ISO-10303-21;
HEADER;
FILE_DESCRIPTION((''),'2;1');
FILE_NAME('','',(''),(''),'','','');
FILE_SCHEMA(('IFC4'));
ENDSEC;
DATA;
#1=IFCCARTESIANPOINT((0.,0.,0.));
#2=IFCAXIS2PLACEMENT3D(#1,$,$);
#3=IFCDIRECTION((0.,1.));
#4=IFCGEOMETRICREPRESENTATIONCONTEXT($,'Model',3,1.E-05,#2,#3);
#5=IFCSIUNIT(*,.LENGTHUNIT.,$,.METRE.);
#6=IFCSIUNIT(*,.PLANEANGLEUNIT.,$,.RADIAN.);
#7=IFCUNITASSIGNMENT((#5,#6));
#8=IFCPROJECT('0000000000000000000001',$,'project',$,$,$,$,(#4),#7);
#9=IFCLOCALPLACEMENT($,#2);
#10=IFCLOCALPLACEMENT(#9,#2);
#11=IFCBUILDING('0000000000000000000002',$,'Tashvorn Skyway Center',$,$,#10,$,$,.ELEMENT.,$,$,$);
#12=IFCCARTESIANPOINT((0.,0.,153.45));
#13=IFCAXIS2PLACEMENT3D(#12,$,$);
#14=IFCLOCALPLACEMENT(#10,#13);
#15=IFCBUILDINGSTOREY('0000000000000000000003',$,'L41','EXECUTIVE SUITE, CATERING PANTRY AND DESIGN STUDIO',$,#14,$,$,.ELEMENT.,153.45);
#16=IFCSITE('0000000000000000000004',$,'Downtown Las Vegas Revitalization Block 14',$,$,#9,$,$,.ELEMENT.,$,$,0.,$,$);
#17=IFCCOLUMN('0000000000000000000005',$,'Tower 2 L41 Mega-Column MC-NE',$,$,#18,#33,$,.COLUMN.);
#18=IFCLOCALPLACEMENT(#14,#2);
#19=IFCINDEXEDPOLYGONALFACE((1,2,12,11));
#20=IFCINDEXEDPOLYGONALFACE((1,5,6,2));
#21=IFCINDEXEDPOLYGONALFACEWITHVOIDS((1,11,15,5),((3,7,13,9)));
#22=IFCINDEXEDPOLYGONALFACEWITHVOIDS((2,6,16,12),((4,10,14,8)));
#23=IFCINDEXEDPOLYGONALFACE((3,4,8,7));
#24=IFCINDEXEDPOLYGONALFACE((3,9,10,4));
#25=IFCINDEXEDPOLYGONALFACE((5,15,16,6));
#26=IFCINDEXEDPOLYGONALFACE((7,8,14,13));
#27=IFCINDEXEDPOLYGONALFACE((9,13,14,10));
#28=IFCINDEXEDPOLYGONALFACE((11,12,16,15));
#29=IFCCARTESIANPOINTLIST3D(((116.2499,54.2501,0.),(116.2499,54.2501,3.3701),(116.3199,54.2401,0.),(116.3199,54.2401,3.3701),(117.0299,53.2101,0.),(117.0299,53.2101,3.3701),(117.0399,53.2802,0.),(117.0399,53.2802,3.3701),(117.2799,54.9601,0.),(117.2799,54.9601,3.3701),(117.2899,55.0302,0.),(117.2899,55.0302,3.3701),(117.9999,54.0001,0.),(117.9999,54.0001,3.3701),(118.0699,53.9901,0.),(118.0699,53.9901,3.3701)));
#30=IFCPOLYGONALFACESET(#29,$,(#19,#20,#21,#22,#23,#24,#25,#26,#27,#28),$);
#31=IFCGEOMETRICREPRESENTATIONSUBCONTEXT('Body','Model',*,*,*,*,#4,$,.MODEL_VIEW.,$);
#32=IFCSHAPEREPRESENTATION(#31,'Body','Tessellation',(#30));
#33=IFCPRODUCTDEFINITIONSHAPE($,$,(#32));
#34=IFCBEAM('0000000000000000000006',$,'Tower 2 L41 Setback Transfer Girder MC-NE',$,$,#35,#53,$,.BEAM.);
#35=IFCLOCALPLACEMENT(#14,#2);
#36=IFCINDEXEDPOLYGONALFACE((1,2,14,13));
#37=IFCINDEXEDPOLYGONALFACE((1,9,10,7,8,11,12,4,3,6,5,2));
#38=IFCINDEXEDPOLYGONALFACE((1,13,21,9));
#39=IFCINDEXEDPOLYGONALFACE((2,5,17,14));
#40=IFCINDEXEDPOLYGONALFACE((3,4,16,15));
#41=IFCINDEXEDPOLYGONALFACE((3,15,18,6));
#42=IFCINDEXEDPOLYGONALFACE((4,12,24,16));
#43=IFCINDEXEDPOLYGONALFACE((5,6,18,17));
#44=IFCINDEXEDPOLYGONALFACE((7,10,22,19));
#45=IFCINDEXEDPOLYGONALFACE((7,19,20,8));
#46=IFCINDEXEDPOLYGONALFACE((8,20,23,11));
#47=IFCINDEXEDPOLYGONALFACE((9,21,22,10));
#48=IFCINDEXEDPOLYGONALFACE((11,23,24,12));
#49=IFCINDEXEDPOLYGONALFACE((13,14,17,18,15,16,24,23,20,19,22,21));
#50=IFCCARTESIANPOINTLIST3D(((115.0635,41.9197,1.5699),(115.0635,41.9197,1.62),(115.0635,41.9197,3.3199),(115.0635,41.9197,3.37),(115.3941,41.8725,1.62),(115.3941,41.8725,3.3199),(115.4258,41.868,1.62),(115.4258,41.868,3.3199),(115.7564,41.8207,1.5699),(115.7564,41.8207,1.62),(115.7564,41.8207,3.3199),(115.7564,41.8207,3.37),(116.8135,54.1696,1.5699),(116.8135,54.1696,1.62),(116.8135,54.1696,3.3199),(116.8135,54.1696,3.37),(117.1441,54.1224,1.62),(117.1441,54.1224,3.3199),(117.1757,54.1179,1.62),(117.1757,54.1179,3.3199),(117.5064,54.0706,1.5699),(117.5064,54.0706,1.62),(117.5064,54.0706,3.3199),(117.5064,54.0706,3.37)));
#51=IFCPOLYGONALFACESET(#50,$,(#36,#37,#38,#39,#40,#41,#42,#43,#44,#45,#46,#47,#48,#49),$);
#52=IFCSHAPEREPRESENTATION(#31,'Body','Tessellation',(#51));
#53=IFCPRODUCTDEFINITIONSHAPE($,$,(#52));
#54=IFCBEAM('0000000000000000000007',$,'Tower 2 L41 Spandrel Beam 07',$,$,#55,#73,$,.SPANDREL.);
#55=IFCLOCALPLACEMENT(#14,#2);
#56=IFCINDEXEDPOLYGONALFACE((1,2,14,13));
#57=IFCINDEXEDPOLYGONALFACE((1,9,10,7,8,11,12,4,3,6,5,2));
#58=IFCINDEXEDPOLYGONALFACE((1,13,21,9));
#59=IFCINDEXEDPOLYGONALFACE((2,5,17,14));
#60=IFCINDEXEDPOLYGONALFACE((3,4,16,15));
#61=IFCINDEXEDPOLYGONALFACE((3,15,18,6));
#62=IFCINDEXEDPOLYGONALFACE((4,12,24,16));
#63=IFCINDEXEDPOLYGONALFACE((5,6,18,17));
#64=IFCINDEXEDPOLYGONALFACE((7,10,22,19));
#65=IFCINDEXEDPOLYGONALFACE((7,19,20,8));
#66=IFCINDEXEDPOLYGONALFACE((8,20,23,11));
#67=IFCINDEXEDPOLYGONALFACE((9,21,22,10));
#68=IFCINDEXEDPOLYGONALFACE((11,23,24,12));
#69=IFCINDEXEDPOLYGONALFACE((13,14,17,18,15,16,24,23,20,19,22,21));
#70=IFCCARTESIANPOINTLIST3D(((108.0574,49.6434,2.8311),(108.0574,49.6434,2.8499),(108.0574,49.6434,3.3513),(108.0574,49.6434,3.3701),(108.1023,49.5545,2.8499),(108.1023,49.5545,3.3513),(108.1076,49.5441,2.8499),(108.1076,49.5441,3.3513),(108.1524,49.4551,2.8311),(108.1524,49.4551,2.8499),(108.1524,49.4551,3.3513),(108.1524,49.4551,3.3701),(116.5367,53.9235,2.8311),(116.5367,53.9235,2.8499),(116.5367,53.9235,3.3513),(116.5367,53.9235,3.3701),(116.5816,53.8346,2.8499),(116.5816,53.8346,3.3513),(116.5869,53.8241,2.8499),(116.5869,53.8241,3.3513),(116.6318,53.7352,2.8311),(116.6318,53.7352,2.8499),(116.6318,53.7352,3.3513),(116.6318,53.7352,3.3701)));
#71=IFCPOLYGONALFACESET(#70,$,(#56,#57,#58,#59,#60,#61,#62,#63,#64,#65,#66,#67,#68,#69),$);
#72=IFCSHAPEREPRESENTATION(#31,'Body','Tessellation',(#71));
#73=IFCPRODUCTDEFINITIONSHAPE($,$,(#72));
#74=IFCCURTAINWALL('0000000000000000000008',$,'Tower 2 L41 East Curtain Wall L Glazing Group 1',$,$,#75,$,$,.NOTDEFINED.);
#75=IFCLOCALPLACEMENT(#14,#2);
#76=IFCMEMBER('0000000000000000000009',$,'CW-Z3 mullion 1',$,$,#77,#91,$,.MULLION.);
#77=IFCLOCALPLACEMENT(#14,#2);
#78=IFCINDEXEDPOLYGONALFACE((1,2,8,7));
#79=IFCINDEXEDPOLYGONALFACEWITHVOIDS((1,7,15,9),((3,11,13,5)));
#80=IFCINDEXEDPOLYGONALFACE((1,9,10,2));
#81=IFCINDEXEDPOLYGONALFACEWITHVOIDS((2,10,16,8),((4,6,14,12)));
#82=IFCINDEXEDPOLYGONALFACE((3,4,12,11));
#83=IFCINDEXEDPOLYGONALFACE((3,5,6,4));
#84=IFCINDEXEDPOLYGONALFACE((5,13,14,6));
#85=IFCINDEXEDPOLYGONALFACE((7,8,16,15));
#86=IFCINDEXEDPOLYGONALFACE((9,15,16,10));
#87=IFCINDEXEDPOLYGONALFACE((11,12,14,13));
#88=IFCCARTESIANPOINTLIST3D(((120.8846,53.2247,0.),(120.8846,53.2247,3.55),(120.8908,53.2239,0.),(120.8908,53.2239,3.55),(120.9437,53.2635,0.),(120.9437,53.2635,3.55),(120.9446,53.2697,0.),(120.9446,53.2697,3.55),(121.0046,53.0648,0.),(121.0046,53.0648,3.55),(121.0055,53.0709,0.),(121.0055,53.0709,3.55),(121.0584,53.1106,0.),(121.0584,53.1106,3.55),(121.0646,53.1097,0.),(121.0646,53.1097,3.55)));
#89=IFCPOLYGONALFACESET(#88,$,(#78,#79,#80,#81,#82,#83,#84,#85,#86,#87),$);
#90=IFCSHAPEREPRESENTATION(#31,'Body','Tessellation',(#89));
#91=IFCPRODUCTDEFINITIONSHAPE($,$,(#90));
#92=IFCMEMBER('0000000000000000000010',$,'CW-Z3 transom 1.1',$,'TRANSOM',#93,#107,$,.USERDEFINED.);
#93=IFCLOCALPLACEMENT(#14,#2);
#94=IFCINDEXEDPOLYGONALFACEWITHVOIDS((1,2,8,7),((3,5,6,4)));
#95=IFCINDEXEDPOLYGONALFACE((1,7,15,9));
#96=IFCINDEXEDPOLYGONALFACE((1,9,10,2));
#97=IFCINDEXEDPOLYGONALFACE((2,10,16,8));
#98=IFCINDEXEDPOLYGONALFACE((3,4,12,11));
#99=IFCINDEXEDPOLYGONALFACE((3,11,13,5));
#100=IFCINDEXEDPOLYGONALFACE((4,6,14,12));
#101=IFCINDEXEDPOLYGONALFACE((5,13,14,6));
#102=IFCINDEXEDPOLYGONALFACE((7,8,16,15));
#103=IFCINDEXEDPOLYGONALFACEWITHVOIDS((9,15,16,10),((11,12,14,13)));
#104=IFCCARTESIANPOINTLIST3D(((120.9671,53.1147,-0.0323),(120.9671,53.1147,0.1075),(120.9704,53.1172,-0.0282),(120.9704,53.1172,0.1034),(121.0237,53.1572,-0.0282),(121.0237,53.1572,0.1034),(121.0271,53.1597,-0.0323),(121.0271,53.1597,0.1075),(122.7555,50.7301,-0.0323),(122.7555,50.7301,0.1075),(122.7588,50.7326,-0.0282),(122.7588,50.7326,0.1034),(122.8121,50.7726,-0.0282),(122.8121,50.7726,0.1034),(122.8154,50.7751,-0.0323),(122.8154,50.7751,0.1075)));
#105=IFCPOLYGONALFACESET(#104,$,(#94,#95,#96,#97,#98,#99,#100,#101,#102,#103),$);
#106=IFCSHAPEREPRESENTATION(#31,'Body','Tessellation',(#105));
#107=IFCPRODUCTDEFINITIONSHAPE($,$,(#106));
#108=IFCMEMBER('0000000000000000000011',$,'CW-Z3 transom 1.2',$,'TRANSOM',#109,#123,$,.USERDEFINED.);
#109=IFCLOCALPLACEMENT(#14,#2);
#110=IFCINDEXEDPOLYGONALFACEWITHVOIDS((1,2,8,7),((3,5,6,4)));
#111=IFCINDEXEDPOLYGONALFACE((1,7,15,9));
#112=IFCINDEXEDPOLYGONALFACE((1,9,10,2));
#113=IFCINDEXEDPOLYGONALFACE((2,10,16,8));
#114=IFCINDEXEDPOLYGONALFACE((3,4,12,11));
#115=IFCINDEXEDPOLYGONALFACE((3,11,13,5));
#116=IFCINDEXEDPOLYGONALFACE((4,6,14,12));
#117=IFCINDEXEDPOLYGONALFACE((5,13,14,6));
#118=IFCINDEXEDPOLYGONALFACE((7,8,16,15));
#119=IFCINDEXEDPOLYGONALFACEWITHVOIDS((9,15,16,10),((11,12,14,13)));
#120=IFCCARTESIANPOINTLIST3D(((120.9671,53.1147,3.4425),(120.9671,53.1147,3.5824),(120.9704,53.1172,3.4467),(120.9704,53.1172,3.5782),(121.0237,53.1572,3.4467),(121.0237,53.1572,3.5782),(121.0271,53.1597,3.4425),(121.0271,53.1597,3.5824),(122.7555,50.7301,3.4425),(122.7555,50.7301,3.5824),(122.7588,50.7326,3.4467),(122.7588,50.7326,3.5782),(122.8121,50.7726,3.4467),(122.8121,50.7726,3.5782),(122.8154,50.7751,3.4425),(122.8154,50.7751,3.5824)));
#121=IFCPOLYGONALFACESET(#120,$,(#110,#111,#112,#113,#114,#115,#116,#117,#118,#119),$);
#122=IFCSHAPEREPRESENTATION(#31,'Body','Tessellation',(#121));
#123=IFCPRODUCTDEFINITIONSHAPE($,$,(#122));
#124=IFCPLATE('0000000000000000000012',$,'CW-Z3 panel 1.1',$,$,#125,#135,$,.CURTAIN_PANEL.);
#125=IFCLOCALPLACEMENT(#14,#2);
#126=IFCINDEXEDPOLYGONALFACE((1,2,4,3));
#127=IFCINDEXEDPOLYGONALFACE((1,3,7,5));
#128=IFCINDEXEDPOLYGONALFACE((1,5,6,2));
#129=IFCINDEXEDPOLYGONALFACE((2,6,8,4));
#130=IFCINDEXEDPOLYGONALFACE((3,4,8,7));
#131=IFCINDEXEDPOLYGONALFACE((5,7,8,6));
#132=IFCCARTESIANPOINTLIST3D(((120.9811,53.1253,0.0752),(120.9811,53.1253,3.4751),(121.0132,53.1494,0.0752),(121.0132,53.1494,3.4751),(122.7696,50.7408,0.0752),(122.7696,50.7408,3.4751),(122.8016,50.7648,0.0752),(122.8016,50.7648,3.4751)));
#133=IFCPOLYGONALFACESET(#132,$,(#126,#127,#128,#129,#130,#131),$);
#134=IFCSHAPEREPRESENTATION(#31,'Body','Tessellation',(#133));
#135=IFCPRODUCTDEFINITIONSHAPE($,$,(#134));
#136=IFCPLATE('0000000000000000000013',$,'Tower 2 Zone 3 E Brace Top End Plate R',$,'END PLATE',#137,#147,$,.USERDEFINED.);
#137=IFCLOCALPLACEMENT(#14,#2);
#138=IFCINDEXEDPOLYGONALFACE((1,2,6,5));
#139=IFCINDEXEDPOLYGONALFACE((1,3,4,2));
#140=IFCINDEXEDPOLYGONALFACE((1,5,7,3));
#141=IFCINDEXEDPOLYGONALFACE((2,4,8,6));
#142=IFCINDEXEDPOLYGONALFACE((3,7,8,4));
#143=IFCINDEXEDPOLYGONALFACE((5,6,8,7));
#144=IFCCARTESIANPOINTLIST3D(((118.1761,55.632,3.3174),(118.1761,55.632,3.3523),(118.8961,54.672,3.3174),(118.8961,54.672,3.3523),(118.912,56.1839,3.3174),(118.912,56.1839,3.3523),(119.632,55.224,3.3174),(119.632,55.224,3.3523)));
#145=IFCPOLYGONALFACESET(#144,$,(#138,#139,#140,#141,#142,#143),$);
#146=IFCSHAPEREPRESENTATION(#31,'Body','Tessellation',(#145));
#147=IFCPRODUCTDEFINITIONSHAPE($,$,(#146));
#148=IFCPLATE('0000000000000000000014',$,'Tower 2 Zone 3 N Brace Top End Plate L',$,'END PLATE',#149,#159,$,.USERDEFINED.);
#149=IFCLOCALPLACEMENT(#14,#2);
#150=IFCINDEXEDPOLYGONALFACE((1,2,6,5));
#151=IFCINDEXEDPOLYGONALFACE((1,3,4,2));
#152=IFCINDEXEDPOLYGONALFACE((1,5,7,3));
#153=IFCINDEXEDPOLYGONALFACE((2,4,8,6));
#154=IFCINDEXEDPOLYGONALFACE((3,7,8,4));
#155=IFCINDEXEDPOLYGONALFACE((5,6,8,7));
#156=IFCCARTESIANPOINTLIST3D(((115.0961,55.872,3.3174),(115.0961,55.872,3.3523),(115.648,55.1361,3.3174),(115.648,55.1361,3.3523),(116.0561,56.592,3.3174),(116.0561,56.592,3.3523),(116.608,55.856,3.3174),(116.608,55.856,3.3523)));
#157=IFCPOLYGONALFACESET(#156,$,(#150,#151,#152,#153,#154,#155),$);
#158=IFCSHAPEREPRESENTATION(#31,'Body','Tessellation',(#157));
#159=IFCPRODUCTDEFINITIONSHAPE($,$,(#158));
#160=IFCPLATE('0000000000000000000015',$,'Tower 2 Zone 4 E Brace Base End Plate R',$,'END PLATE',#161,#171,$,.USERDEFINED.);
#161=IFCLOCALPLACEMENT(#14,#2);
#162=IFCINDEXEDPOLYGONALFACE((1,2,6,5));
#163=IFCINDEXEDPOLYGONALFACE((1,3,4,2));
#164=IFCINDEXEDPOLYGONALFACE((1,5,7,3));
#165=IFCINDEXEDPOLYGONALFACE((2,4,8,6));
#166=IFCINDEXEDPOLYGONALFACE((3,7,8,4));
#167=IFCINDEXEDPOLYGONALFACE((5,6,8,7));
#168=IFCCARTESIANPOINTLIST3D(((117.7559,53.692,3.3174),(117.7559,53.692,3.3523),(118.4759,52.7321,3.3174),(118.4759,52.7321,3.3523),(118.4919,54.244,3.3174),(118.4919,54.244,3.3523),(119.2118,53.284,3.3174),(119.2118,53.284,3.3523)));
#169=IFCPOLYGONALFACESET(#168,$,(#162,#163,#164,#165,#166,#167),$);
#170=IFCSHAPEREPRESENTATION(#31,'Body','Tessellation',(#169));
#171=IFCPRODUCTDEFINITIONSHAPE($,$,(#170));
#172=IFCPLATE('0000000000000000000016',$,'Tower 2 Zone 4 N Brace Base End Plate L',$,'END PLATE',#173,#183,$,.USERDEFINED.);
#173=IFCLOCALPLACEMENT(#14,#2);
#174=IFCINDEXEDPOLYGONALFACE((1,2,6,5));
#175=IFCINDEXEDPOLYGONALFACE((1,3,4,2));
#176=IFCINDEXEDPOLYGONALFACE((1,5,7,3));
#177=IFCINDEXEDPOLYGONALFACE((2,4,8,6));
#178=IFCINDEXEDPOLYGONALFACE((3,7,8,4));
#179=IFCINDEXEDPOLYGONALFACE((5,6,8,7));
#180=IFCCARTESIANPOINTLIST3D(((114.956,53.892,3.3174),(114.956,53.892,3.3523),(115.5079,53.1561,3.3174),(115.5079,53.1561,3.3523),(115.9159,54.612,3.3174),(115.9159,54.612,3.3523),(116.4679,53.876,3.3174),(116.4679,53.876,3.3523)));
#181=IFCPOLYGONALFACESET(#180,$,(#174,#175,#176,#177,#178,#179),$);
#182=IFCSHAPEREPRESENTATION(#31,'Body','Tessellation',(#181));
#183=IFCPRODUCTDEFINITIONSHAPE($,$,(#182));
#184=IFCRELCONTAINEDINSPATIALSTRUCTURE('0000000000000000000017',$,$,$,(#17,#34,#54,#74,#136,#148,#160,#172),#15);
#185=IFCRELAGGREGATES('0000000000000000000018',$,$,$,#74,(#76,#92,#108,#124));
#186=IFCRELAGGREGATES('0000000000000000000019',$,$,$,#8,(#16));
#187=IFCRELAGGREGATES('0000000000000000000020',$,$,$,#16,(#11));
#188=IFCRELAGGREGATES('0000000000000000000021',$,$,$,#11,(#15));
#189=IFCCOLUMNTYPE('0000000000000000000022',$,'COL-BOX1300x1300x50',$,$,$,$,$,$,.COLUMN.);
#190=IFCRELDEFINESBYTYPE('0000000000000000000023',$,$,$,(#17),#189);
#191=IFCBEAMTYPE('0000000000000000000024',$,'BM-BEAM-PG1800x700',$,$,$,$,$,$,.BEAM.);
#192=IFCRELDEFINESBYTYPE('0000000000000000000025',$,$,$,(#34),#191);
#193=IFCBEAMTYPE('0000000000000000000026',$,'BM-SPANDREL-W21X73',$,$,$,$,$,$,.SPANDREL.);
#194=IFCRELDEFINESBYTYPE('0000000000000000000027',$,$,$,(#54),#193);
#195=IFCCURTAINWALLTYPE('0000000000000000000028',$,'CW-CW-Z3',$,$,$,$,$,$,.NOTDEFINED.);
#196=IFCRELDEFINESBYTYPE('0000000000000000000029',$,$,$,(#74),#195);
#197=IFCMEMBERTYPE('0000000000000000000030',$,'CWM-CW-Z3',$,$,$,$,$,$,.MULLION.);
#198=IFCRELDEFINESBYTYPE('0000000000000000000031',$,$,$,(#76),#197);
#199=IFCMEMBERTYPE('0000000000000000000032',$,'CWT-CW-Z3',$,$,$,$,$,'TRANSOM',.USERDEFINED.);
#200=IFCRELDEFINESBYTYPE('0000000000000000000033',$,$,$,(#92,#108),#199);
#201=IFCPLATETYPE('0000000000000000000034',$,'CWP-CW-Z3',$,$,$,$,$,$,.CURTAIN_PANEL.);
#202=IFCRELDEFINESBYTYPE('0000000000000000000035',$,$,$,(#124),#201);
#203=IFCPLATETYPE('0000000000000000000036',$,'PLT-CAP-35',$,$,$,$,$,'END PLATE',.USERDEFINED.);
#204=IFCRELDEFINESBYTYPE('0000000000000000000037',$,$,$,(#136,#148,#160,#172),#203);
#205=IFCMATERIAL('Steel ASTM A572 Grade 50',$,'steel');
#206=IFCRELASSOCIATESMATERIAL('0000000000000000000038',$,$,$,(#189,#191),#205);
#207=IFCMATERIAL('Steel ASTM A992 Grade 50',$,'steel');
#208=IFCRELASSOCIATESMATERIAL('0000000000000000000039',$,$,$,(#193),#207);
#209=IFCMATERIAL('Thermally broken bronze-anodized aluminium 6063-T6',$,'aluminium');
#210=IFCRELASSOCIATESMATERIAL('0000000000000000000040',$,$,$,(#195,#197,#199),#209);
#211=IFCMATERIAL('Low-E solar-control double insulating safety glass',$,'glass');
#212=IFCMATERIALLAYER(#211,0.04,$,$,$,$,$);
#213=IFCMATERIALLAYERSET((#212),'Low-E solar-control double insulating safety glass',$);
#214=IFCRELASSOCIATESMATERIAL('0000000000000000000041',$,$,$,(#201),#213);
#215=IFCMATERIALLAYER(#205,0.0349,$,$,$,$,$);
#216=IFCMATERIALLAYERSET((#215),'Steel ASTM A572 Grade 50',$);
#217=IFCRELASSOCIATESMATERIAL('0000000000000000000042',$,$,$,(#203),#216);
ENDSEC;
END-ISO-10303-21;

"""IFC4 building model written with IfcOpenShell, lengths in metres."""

from ifc_helpers import new_model, si_unit, direction, frame, origin, origin_2d, place, context, subcontext, project, spatial, rectangle, hollow_rectangle, i_section, extrude, material, layer, layer_set, material_profile, profile_set, type_object, element, aggregate, save


model = new_model("IFC4")

# Units and contexts
model_context = context("Model", 3, precision=1e-05, world=origin(), true_north=direction((0.0, 1.0)))
body_context = subcontext(model_context, "Body", "Model", "MODEL_VIEW")
ifc_project = project(units=[si_unit("LENGTHUNIT", "METRE"), si_unit("PLANEANGLEUNIT", "RADIAN")], contexts=[model_context])

# Site, building, storey
site_placement = place(None, origin())
site = spatial("IfcSite", under=ifc_project, at=site_placement, Name="Downtown Las Vegas Revitalization Block 14", CompositionType="ELEMENT", RefElevation=0.0)
building_placement = place(site_placement, origin())
building = spatial("IfcBuilding", under=site, at=building_placement, Name="Tashvorn Skyway Center", CompositionType="ELEMENT")
storey_placement = place(building_placement, frame((0.0, 0.0, 153.45)))
storey = spatial("IfcBuildingStorey", under=building, at=storey_placement, Name="L41", Description="EXECUTIVE SUITE, CATERING PANTRY AND DESIGN STUDIO", CompositionType="ELEMENT", Elevation=153.45)

# Column
ifc_material_1 = material(Name="Steel ASTM A572 Grade 50", Category="steel")
ifc_material_profile_1 = material_profile(ifc_material_1, hollow_rectangle(XDim=1.3, YDim=1.3, WallThickness=0.05, at=origin_2d()), Name="BOX1300x1300x50")
ifc_profile_set_1 = profile_set([ifc_material_profile_1], Name="Steel ASTM A572 Grade 50")
column_type = type_object("IfcColumnType", Name="COL-BOX1300x1300x50", PredefinedType="COLUMN", material=ifc_profile_set_1)
column_placement = place(storey_placement, frame((117.1599, 54.1201, 0.0), z_axis=(0.0, 0.0, 1.0), x_axis=(0.8, 0.6, 0.0)))
element("IfcColumn", 1, at=column_placement, inside=storey, type_object=column_type, Name="Tower 2 L41 Mega-Column MC-NE", PredefinedType="COLUMN", context=body_context, shape_type="SweptSolid", body=[
    extrude(hollow_rectangle(XDim=1.3, YDim=1.3, WallThickness=0.05, at=origin_2d()), origin(), (0.0, 0.0, 1.0), 3.3701),
])

# Beams
ifc_material_profile_2 = material_profile(ifc_material_1, i_section(OverallWidth=0.7, OverallDepth=1.8, WebThickness=0.032, FlangeThickness=0.05, at=origin_2d()), Name="PG1800x700")
ifc_profile_set_2 = profile_set([ifc_material_profile_2], Name="Steel ASTM A572 Grade 50")
beam_type_1 = type_object("IfcBeamType", Name="BM-BEAM-PG1800x700", PredefinedType="BEAM", material=ifc_profile_set_2)
beam_1_placement = place(storey_placement, frame((117.1599, 54.1201, 2.47), z_axis=(-0.141421, -0.989949, 0.0), x_axis=(0.989949, -0.141421, 0.0)))
element("IfcBeam", 2, at=beam_1_placement, inside=storey, type_object=beam_type_1, Name="Tower 2 L41 Setback Transfer Girder MC-NE", PredefinedType="BEAM", context=body_context, shape_type="SweptSolid", body=[
    extrude(i_section(OverallWidth=0.7, OverallDepth=1.8, WebThickness=0.032, FlangeThickness=0.05, at=origin_2d()), origin(), (0.0, 0.0, 1.0), 12.3743),
])
ifc_material_2 = material(Name="Steel ASTM A992 Grade 50", Category="steel")
ifc_material_profile_3 = material_profile(ifc_material_2, i_section(OverallWidth=0.2109, OverallDepth=0.5391, WebThickness=0.0117, FlangeThickness=0.0188, at=origin_2d()), Name="W21X73")
ifc_profile_set_3 = profile_set([ifc_material_profile_3], Name="Steel ASTM A992 Grade 50")
beam_type_2 = type_object("IfcBeamType", Name="BM-SPANDREL-W21X73", PredefinedType="SPANDREL", material=ifc_profile_set_3)
beam_2_placement = place(storey_placement, frame((116.5842, 53.8293, 3.1006), z_axis=(-0.892719, -0.450614, 0.0), x_axis=(0.450614, -0.892719, 0.0)))
element("IfcBeam", 3, at=beam_2_placement, inside=storey, type_object=beam_type_2, Name="Tower 2 L41 Spandrel Beam 07", PredefinedType="SPANDREL", context=body_context, shape_type="SweptSolid", body=[
    extrude(i_section(OverallWidth=0.2109, OverallDepth=0.5391, WebThickness=0.0117, FlangeThickness=0.0188, at=origin_2d()), origin(), (0.0, 0.0, 1.0), 9.4983),
])

# Curtain wall, members, plate
ifc_material_3 = material(Name="Thermally broken bronze-anodized aluminium 6063-T6", Category="aluminium")
curtain_wall_type = type_object("IfcCurtainWallType", Name="CW-CW-Z3", PredefinedType="NOTDEFINED", material=ifc_material_3)
curtain_wall_placement = place(storey_placement, origin())
curtain_wall = element("IfcCurtainWall", 4, at=curtain_wall_placement, inside=storey, type_object=curtain_wall_type, Name="Tower 2 L41 East Curtain Wall L Glazing Group 1", PredefinedType="NOTDEFINED")
ifc_material_profile_4 = material_profile(ifc_material_3, hollow_rectangle(XDim=0.075, YDim=0.2, WallThickness=0.0044, at=origin_2d()), Name="ALU-MULL-75x200")
ifc_profile_set_4 = profile_set([ifc_material_profile_4], Name="Thermally broken bronze-anodized aluminium 6063-T6")
member_type_1 = type_object("IfcMemberType", Name="CWM-CW-Z3", PredefinedType="MULLION", material=ifc_profile_set_4)
member_1_placement = place(storey_placement, frame((120.9746, 53.1672, 0.0), z_axis=(0.0, 0.0, 1.0), x_axis=(0.799998, 0.600003, 0.0)))
member_1 = element("IfcMember", 5, at=member_1_placement, type_object=member_type_1, Name="CW-Z3 mullion 1", PredefinedType="MULLION", context=body_context, shape_type="SweptSolid", body=[
    extrude(hollow_rectangle(XDim=0.075, YDim=0.2, WallThickness=0.0044, at=origin_2d()), origin(), (0.0, 0.0, 1.0), 3.55),
])
ifc_material_profile_5 = material_profile(ifc_material_3, hollow_rectangle(XDim=0.075, YDim=0.1399, WallThickness=0.0042, at=origin_2d()), Name="ALU-TRAN-75x140")
ifc_profile_set_5 = profile_set([ifc_material_profile_5], Name="Thermally broken bronze-anodized aluminium 6063-T6")
member_type_2 = type_object("IfcMemberType", Name="CWT-CW-Z3", ElementType="TRANSOM", PredefinedType="USERDEFINED", material=ifc_profile_set_5)
member_2_placement = place(storey_placement, frame((120.9971, 53.1372, 0.0376), z_axis=(0.599987, -0.80001, 0.0), x_axis=(0.80001, 0.599987, 0.0)))
member_2 = element("IfcMember", 6, at=member_2_placement, type_object=member_type_2, Name="CW-Z3 transom 1.1", ObjectType="TRANSOM", PredefinedType="USERDEFINED", context=body_context, shape_type="SweptSolid", body=[
    extrude(hollow_rectangle(XDim=0.075, YDim=0.1399, WallThickness=0.0042, at=origin_2d()), origin(), (0.0, 0.0, 1.0), 2.9807),
])
member_3_placement = place(storey_placement, frame((120.9971, 53.1372, 3.5125), z_axis=(0.599987, -0.80001, 0.0), x_axis=(0.80001, 0.599987, 0.0)))
member_3 = element("IfcMember", 7, at=member_3_placement, type_object=member_type_2, Name="CW-Z3 transom 1.2", ObjectType="TRANSOM", PredefinedType="USERDEFINED", context=body_context, shape_type="SweptSolid", body=[
    extrude(hollow_rectangle(XDim=0.075, YDim=0.1399, WallThickness=0.0042, at=origin_2d()), origin(), (0.0, 0.0, 1.0), 2.9807),
])
ifc_material_4 = material(Name="Low-E solar-control double insulating safety glass", Category="glass")
ifc_layer_1 = layer(ifc_material_4, 0.04)
ifc_layer_set_1 = layer_set([ifc_layer_1], Name="Low-E solar-control double insulating safety glass")
plate_type_1 = type_object("IfcPlateType", Name="CWP-CW-Z3", PredefinedType="CURTAIN_PANEL", material=ifc_layer_set_1)
plate_1_placement = place(storey_placement, frame((121.8914, 51.9451, 0.0752), z_axis=(0.0, 0.0, 1.0), x_axis=(0.600003, -0.799998, 0.0)))
plate_1 = element("IfcPlate", 8, at=plate_1_placement, type_object=plate_type_1, Name="CW-Z3 panel 1.1", PredefinedType="CURTAIN_PANEL", context=body_context, shape_type="SweptSolid", body=[
    extrude(rectangle(XDim=2.9807, YDim=0.04, at=origin_2d()), origin(), (0.0, 0.0, 1.0), 3.3999),
])
aggregate(curtain_wall, [member_1, member_2, member_3, plate_1])

# Plates
ifc_layer_2 = layer(ifc_material_1, 0.0349)
ifc_layer_set_2 = layer_set([ifc_layer_2], Name="Steel ASTM A572 Grade 50")
plate_type_2 = type_object("IfcPlateType", Name="PLT-CAP-35", ElementType="END PLATE", PredefinedType="USERDEFINED", material=ifc_layer_set_2)
for number, where, z_axis, x_axis, name in (
    (9, (118.9041, 55.428, 3.3174), (0.0, 0.0, 1.0), (-0.6, 0.8, 0.0), "Tower 2 Zone 3 E Brace Top End Plate R"),
    (10, (115.8521, 55.864, 3.3174), (0.0, 0.0, 1.0), (-0.8, -0.6, 0.0), "Tower 2 Zone 3 N Brace Top End Plate L"),
    (11, (118.4839, 53.488, 3.3174), (0.0, 0.0, 1.0), (-0.6, 0.8, 0.0), "Tower 2 Zone 4 E Brace Base End Plate R"),
    (12, (115.7119, 53.884, 3.3174), (0.0, 0.0, 1.0), (-0.8, -0.6, 0.0), "Tower 2 Zone 4 N Brace Base End Plate L"),
):
    element("IfcPlate", number, at=place(storey_placement, frame(where, z_axis=z_axis, x_axis=x_axis)), inside=storey, type_object=plate_type_2, Name=name, ObjectType="END PLATE", PredefinedType="USERDEFINED", context=body_context, shape_type="SweptSolid", body=[
        extrude(rectangle(XDim=1.2, YDim=0.9199, at=origin_2d()), origin(), (0.0, 0.0, 1.0), 0.0349),
    ])

save(model, "model.ifc")
